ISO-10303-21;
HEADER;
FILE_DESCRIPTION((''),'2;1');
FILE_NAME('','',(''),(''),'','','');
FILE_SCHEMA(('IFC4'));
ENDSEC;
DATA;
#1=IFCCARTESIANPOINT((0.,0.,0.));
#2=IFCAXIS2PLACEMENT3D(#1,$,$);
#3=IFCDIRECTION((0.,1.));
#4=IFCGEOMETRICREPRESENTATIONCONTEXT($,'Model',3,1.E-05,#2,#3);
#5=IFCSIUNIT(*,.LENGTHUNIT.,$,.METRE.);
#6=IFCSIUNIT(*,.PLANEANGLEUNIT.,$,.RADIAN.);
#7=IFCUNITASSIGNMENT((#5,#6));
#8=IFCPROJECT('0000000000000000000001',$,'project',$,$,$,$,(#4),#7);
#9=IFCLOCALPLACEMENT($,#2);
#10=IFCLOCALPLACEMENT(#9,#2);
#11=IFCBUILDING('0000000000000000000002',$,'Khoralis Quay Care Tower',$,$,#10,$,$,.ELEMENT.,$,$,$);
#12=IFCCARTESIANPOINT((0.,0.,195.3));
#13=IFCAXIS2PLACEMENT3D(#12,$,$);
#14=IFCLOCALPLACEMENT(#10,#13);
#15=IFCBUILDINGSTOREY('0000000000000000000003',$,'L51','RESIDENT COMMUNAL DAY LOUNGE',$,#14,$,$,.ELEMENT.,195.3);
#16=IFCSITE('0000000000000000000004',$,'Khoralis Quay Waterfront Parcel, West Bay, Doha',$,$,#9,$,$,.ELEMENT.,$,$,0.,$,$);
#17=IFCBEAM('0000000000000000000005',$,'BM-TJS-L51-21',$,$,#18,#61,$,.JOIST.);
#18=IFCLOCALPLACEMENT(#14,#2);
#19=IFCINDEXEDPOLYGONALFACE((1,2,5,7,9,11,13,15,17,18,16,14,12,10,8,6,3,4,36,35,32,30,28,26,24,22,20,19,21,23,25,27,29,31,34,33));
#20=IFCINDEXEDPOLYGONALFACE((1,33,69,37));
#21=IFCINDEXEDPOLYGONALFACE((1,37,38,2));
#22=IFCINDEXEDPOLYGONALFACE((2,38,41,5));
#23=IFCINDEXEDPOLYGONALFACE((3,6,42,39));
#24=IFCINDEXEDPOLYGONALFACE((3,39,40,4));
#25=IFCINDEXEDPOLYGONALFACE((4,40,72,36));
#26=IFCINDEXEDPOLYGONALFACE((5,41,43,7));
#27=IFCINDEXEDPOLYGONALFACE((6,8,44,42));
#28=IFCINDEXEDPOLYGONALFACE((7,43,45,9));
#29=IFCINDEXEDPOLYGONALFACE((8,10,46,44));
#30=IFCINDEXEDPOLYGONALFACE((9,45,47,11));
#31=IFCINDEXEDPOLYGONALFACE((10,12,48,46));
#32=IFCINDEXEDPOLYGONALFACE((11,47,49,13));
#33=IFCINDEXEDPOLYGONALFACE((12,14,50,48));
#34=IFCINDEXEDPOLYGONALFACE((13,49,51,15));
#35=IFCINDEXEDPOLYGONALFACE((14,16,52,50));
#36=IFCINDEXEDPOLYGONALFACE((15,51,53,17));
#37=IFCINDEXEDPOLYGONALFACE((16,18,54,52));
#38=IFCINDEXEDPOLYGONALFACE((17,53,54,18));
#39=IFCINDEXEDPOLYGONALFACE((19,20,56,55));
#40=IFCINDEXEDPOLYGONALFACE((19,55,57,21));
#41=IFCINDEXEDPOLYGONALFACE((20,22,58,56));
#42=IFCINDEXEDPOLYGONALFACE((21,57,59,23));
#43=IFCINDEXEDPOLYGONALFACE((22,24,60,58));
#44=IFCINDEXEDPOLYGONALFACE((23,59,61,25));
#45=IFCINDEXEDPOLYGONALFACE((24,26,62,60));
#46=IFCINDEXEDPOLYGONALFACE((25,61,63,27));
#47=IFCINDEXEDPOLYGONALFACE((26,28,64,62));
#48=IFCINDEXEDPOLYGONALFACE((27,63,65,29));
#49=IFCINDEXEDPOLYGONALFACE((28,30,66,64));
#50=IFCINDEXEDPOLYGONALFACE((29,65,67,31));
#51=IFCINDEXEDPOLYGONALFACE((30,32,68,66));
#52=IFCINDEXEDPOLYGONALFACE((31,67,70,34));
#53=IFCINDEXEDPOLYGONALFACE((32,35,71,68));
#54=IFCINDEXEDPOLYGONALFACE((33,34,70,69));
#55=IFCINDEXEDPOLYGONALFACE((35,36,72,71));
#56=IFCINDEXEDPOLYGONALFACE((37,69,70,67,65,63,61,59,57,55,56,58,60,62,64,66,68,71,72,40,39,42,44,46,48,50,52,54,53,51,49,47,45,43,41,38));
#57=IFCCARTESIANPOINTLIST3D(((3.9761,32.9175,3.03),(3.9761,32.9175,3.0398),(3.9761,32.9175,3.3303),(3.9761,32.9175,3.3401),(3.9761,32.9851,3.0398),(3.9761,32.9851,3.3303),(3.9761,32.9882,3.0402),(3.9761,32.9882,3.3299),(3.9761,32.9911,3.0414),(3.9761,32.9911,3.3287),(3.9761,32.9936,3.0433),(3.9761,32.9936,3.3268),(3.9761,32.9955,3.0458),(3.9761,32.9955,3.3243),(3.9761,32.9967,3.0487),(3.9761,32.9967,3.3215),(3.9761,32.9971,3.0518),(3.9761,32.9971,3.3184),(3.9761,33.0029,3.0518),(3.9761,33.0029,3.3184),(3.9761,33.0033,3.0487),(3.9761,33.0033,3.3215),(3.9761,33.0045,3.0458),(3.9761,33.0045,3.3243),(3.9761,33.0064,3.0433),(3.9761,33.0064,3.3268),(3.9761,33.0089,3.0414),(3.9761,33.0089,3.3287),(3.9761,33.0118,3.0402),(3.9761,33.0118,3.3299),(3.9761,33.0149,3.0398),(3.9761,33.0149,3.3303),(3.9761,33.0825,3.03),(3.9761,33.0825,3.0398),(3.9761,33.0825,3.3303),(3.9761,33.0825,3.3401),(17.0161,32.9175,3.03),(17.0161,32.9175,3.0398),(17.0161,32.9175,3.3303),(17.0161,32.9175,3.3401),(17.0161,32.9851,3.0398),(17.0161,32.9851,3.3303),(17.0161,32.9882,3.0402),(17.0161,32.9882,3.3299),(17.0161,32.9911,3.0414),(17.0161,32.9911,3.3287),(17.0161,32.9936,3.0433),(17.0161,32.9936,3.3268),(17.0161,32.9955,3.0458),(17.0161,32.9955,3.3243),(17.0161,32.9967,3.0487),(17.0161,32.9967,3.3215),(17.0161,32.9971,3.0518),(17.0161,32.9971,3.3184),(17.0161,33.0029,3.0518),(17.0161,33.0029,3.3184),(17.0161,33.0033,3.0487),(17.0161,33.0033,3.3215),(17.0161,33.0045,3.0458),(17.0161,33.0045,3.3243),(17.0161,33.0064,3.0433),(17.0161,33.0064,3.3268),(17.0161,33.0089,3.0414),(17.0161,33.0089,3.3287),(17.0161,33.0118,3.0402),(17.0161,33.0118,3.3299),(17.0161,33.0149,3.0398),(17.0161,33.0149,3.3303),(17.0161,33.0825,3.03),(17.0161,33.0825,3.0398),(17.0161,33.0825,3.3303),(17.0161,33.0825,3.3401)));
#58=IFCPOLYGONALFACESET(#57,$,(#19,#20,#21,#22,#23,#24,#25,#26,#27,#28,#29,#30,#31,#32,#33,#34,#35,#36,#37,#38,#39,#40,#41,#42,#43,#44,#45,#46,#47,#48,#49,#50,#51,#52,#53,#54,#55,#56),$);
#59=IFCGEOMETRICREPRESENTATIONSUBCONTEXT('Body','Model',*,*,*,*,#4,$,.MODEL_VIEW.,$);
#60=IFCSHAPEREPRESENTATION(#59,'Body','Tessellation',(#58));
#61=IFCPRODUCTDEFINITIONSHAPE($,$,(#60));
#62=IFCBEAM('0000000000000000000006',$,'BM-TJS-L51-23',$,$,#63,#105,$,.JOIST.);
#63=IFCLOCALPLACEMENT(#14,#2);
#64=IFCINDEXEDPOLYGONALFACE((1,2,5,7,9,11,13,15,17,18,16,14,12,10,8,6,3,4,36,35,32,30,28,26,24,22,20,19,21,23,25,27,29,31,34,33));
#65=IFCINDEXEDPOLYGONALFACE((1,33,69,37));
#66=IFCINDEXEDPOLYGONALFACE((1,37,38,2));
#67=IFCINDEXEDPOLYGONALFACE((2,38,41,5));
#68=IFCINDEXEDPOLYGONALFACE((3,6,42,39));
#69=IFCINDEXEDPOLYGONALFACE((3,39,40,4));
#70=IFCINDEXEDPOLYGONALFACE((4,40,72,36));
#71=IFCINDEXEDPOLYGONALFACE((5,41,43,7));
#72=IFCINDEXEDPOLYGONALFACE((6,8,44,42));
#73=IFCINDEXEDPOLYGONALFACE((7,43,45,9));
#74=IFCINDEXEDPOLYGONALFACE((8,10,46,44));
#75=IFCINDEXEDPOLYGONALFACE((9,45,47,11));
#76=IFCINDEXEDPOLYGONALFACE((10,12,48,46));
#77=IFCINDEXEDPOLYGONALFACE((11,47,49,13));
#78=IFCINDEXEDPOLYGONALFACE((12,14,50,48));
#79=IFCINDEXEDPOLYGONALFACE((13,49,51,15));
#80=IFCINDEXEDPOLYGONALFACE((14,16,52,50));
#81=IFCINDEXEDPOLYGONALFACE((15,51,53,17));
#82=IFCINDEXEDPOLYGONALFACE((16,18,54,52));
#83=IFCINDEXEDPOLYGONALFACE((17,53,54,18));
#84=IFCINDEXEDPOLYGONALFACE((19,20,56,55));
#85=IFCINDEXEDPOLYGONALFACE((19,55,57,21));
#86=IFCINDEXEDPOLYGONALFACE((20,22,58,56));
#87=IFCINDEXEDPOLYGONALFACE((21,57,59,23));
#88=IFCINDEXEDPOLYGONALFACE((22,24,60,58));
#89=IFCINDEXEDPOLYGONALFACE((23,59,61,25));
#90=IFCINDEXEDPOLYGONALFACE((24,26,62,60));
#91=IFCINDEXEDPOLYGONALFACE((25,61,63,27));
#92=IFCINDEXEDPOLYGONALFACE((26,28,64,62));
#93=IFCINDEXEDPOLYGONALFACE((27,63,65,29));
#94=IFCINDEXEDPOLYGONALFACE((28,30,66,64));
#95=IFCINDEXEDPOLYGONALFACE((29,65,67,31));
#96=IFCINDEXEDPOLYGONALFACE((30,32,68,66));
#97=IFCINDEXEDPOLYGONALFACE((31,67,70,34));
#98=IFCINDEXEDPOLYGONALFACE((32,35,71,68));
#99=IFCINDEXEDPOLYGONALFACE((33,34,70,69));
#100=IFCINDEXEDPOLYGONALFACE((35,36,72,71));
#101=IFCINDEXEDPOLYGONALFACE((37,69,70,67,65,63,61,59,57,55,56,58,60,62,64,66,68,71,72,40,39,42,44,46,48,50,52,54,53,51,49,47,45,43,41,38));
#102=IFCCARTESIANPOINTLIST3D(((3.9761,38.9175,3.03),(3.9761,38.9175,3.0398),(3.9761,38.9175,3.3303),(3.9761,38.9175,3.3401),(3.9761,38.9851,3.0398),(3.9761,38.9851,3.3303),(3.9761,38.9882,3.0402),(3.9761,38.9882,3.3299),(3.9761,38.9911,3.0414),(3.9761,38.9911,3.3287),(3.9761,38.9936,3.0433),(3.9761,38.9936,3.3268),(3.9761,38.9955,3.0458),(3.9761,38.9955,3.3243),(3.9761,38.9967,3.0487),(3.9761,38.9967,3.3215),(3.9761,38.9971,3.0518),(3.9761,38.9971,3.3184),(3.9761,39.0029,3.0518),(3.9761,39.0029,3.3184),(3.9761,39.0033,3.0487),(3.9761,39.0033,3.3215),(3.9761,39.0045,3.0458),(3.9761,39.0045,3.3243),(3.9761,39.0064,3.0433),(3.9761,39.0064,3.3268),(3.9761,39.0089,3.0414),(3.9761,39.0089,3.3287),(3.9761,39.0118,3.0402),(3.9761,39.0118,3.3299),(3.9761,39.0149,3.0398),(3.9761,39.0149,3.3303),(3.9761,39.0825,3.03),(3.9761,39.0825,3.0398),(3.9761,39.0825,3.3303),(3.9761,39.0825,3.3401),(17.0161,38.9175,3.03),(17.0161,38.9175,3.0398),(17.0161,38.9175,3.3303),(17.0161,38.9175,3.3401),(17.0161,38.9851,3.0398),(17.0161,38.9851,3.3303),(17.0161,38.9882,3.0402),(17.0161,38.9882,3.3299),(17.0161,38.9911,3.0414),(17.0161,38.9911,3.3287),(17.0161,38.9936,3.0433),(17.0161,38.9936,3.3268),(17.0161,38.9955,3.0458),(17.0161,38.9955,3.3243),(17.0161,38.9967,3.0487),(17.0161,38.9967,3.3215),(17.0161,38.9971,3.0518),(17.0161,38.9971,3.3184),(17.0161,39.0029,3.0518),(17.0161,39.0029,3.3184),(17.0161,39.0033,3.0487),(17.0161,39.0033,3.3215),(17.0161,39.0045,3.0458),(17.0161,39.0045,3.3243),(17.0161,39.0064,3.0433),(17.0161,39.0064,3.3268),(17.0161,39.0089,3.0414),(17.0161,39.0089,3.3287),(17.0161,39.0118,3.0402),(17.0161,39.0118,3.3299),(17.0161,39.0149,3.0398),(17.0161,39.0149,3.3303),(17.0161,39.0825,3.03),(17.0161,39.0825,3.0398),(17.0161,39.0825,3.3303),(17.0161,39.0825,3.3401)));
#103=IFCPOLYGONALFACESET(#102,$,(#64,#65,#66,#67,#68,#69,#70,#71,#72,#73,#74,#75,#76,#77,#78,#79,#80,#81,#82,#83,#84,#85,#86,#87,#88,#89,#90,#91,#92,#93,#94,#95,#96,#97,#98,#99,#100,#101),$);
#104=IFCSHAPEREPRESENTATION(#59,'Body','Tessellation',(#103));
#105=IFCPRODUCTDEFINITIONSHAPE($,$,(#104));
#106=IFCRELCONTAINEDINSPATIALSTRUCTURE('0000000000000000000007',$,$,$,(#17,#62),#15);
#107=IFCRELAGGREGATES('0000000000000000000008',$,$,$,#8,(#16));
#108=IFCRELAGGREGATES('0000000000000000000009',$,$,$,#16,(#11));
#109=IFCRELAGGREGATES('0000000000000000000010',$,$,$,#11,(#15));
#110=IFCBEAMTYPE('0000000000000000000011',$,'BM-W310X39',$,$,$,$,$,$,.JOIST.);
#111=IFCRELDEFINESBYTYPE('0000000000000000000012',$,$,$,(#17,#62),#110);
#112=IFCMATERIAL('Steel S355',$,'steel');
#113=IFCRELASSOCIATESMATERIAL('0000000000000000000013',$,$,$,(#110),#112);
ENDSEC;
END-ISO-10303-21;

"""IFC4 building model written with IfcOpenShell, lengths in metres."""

from ifc_helpers import new_model, si_unit, direction, frame, origin, origin_2d, place, context, subcontext, project, spatial, i_section, extrude, source, transform, mapped, material, material_profile, profile_set, type_object, element, save


model = new_model("IFC4")

# Units and contexts
model_context = context("Model", 3, precision=1e-05, world=origin(), true_north=direction((0.0, 1.0)))
body_context = subcontext(model_context, "Body", "Model", "MODEL_VIEW")
ifc_project = project(units=[si_unit("LENGTHUNIT", "METRE"), si_unit("PLANEANGLEUNIT", "RADIAN")], contexts=[model_context])

# Site, building, storey
site_placement = place(None, origin())
site = spatial("IfcSite", under=ifc_project, at=site_placement, Name="Khoralis Quay Waterfront Parcel, West Bay, Doha", CompositionType="ELEMENT", RefElevation=0.0)
building_placement = place(site_placement, origin())
building = spatial("IfcBuilding", under=site, at=building_placement, Name="Khoralis Quay Care Tower", CompositionType="ELEMENT")
storey_placement = place(building_placement, frame((0.0, 0.0, 195.3)))
storey = spatial("IfcBuildingStorey", under=building, at=storey_placement, Name="L51", Description="RESIDENT COMMUNAL DAY LOUNGE", CompositionType="ELEMENT", Elevation=195.3)

# Beams
ifc_material_1 = material(Name="Steel S355", Category="steel")
ifc_material_profile_1 = material_profile(ifc_material_1, i_section(OverallWidth=0.165, OverallDepth=0.3101, WebThickness=0.0059, FlangeThickness=0.0098, FilletRadius=0.012, at=origin_2d()), Name="Steel S355")
ifc_profile_set_1 = profile_set([ifc_material_profile_1], Name="Steel S355")
beam_type_1 = type_object("IfcBeamType", Name="BM-W310X39", PredefinedType="JOIST", material=ifc_profile_set_1)
shared_shape_1 = source(origin(), body_context, "Body", "SweptSolid", [
    extrude(i_section(OverallWidth=0.165, OverallDepth=0.3101, WebThickness=0.0059, FlangeThickness=0.0098, FilletRadius=0.012, at=origin_2d()), origin(), (0.0, 0.0, 1.0), 13.04),
])
for number, where, z_axis, x_axis, name in (
    (1, (3.9761, 33.0, 3.1851), (1.0, 0.0, 0.0), (0.0, 1.0, 0.0), "BM-TJS-L51-21"),
    (2, (3.9761, 39.0, 3.1851), (1.0, 0.0, 0.0), (0.0, 1.0, 0.0), "BM-TJS-L51-23"),
):
    element("IfcBeam", number, at=place(storey_placement, frame(where, z_axis=z_axis, x_axis=x_axis)), inside=storey, type_object=beam_type_1, Name=name, PredefinedType="JOIST", context=body_context, shape_type="MappedRepresentation", body=[
        mapped(shared_shape_1, transform((0.0, 0.0, 0.0), scale=1.0)),
    ])

save(model, "model.ifc")
